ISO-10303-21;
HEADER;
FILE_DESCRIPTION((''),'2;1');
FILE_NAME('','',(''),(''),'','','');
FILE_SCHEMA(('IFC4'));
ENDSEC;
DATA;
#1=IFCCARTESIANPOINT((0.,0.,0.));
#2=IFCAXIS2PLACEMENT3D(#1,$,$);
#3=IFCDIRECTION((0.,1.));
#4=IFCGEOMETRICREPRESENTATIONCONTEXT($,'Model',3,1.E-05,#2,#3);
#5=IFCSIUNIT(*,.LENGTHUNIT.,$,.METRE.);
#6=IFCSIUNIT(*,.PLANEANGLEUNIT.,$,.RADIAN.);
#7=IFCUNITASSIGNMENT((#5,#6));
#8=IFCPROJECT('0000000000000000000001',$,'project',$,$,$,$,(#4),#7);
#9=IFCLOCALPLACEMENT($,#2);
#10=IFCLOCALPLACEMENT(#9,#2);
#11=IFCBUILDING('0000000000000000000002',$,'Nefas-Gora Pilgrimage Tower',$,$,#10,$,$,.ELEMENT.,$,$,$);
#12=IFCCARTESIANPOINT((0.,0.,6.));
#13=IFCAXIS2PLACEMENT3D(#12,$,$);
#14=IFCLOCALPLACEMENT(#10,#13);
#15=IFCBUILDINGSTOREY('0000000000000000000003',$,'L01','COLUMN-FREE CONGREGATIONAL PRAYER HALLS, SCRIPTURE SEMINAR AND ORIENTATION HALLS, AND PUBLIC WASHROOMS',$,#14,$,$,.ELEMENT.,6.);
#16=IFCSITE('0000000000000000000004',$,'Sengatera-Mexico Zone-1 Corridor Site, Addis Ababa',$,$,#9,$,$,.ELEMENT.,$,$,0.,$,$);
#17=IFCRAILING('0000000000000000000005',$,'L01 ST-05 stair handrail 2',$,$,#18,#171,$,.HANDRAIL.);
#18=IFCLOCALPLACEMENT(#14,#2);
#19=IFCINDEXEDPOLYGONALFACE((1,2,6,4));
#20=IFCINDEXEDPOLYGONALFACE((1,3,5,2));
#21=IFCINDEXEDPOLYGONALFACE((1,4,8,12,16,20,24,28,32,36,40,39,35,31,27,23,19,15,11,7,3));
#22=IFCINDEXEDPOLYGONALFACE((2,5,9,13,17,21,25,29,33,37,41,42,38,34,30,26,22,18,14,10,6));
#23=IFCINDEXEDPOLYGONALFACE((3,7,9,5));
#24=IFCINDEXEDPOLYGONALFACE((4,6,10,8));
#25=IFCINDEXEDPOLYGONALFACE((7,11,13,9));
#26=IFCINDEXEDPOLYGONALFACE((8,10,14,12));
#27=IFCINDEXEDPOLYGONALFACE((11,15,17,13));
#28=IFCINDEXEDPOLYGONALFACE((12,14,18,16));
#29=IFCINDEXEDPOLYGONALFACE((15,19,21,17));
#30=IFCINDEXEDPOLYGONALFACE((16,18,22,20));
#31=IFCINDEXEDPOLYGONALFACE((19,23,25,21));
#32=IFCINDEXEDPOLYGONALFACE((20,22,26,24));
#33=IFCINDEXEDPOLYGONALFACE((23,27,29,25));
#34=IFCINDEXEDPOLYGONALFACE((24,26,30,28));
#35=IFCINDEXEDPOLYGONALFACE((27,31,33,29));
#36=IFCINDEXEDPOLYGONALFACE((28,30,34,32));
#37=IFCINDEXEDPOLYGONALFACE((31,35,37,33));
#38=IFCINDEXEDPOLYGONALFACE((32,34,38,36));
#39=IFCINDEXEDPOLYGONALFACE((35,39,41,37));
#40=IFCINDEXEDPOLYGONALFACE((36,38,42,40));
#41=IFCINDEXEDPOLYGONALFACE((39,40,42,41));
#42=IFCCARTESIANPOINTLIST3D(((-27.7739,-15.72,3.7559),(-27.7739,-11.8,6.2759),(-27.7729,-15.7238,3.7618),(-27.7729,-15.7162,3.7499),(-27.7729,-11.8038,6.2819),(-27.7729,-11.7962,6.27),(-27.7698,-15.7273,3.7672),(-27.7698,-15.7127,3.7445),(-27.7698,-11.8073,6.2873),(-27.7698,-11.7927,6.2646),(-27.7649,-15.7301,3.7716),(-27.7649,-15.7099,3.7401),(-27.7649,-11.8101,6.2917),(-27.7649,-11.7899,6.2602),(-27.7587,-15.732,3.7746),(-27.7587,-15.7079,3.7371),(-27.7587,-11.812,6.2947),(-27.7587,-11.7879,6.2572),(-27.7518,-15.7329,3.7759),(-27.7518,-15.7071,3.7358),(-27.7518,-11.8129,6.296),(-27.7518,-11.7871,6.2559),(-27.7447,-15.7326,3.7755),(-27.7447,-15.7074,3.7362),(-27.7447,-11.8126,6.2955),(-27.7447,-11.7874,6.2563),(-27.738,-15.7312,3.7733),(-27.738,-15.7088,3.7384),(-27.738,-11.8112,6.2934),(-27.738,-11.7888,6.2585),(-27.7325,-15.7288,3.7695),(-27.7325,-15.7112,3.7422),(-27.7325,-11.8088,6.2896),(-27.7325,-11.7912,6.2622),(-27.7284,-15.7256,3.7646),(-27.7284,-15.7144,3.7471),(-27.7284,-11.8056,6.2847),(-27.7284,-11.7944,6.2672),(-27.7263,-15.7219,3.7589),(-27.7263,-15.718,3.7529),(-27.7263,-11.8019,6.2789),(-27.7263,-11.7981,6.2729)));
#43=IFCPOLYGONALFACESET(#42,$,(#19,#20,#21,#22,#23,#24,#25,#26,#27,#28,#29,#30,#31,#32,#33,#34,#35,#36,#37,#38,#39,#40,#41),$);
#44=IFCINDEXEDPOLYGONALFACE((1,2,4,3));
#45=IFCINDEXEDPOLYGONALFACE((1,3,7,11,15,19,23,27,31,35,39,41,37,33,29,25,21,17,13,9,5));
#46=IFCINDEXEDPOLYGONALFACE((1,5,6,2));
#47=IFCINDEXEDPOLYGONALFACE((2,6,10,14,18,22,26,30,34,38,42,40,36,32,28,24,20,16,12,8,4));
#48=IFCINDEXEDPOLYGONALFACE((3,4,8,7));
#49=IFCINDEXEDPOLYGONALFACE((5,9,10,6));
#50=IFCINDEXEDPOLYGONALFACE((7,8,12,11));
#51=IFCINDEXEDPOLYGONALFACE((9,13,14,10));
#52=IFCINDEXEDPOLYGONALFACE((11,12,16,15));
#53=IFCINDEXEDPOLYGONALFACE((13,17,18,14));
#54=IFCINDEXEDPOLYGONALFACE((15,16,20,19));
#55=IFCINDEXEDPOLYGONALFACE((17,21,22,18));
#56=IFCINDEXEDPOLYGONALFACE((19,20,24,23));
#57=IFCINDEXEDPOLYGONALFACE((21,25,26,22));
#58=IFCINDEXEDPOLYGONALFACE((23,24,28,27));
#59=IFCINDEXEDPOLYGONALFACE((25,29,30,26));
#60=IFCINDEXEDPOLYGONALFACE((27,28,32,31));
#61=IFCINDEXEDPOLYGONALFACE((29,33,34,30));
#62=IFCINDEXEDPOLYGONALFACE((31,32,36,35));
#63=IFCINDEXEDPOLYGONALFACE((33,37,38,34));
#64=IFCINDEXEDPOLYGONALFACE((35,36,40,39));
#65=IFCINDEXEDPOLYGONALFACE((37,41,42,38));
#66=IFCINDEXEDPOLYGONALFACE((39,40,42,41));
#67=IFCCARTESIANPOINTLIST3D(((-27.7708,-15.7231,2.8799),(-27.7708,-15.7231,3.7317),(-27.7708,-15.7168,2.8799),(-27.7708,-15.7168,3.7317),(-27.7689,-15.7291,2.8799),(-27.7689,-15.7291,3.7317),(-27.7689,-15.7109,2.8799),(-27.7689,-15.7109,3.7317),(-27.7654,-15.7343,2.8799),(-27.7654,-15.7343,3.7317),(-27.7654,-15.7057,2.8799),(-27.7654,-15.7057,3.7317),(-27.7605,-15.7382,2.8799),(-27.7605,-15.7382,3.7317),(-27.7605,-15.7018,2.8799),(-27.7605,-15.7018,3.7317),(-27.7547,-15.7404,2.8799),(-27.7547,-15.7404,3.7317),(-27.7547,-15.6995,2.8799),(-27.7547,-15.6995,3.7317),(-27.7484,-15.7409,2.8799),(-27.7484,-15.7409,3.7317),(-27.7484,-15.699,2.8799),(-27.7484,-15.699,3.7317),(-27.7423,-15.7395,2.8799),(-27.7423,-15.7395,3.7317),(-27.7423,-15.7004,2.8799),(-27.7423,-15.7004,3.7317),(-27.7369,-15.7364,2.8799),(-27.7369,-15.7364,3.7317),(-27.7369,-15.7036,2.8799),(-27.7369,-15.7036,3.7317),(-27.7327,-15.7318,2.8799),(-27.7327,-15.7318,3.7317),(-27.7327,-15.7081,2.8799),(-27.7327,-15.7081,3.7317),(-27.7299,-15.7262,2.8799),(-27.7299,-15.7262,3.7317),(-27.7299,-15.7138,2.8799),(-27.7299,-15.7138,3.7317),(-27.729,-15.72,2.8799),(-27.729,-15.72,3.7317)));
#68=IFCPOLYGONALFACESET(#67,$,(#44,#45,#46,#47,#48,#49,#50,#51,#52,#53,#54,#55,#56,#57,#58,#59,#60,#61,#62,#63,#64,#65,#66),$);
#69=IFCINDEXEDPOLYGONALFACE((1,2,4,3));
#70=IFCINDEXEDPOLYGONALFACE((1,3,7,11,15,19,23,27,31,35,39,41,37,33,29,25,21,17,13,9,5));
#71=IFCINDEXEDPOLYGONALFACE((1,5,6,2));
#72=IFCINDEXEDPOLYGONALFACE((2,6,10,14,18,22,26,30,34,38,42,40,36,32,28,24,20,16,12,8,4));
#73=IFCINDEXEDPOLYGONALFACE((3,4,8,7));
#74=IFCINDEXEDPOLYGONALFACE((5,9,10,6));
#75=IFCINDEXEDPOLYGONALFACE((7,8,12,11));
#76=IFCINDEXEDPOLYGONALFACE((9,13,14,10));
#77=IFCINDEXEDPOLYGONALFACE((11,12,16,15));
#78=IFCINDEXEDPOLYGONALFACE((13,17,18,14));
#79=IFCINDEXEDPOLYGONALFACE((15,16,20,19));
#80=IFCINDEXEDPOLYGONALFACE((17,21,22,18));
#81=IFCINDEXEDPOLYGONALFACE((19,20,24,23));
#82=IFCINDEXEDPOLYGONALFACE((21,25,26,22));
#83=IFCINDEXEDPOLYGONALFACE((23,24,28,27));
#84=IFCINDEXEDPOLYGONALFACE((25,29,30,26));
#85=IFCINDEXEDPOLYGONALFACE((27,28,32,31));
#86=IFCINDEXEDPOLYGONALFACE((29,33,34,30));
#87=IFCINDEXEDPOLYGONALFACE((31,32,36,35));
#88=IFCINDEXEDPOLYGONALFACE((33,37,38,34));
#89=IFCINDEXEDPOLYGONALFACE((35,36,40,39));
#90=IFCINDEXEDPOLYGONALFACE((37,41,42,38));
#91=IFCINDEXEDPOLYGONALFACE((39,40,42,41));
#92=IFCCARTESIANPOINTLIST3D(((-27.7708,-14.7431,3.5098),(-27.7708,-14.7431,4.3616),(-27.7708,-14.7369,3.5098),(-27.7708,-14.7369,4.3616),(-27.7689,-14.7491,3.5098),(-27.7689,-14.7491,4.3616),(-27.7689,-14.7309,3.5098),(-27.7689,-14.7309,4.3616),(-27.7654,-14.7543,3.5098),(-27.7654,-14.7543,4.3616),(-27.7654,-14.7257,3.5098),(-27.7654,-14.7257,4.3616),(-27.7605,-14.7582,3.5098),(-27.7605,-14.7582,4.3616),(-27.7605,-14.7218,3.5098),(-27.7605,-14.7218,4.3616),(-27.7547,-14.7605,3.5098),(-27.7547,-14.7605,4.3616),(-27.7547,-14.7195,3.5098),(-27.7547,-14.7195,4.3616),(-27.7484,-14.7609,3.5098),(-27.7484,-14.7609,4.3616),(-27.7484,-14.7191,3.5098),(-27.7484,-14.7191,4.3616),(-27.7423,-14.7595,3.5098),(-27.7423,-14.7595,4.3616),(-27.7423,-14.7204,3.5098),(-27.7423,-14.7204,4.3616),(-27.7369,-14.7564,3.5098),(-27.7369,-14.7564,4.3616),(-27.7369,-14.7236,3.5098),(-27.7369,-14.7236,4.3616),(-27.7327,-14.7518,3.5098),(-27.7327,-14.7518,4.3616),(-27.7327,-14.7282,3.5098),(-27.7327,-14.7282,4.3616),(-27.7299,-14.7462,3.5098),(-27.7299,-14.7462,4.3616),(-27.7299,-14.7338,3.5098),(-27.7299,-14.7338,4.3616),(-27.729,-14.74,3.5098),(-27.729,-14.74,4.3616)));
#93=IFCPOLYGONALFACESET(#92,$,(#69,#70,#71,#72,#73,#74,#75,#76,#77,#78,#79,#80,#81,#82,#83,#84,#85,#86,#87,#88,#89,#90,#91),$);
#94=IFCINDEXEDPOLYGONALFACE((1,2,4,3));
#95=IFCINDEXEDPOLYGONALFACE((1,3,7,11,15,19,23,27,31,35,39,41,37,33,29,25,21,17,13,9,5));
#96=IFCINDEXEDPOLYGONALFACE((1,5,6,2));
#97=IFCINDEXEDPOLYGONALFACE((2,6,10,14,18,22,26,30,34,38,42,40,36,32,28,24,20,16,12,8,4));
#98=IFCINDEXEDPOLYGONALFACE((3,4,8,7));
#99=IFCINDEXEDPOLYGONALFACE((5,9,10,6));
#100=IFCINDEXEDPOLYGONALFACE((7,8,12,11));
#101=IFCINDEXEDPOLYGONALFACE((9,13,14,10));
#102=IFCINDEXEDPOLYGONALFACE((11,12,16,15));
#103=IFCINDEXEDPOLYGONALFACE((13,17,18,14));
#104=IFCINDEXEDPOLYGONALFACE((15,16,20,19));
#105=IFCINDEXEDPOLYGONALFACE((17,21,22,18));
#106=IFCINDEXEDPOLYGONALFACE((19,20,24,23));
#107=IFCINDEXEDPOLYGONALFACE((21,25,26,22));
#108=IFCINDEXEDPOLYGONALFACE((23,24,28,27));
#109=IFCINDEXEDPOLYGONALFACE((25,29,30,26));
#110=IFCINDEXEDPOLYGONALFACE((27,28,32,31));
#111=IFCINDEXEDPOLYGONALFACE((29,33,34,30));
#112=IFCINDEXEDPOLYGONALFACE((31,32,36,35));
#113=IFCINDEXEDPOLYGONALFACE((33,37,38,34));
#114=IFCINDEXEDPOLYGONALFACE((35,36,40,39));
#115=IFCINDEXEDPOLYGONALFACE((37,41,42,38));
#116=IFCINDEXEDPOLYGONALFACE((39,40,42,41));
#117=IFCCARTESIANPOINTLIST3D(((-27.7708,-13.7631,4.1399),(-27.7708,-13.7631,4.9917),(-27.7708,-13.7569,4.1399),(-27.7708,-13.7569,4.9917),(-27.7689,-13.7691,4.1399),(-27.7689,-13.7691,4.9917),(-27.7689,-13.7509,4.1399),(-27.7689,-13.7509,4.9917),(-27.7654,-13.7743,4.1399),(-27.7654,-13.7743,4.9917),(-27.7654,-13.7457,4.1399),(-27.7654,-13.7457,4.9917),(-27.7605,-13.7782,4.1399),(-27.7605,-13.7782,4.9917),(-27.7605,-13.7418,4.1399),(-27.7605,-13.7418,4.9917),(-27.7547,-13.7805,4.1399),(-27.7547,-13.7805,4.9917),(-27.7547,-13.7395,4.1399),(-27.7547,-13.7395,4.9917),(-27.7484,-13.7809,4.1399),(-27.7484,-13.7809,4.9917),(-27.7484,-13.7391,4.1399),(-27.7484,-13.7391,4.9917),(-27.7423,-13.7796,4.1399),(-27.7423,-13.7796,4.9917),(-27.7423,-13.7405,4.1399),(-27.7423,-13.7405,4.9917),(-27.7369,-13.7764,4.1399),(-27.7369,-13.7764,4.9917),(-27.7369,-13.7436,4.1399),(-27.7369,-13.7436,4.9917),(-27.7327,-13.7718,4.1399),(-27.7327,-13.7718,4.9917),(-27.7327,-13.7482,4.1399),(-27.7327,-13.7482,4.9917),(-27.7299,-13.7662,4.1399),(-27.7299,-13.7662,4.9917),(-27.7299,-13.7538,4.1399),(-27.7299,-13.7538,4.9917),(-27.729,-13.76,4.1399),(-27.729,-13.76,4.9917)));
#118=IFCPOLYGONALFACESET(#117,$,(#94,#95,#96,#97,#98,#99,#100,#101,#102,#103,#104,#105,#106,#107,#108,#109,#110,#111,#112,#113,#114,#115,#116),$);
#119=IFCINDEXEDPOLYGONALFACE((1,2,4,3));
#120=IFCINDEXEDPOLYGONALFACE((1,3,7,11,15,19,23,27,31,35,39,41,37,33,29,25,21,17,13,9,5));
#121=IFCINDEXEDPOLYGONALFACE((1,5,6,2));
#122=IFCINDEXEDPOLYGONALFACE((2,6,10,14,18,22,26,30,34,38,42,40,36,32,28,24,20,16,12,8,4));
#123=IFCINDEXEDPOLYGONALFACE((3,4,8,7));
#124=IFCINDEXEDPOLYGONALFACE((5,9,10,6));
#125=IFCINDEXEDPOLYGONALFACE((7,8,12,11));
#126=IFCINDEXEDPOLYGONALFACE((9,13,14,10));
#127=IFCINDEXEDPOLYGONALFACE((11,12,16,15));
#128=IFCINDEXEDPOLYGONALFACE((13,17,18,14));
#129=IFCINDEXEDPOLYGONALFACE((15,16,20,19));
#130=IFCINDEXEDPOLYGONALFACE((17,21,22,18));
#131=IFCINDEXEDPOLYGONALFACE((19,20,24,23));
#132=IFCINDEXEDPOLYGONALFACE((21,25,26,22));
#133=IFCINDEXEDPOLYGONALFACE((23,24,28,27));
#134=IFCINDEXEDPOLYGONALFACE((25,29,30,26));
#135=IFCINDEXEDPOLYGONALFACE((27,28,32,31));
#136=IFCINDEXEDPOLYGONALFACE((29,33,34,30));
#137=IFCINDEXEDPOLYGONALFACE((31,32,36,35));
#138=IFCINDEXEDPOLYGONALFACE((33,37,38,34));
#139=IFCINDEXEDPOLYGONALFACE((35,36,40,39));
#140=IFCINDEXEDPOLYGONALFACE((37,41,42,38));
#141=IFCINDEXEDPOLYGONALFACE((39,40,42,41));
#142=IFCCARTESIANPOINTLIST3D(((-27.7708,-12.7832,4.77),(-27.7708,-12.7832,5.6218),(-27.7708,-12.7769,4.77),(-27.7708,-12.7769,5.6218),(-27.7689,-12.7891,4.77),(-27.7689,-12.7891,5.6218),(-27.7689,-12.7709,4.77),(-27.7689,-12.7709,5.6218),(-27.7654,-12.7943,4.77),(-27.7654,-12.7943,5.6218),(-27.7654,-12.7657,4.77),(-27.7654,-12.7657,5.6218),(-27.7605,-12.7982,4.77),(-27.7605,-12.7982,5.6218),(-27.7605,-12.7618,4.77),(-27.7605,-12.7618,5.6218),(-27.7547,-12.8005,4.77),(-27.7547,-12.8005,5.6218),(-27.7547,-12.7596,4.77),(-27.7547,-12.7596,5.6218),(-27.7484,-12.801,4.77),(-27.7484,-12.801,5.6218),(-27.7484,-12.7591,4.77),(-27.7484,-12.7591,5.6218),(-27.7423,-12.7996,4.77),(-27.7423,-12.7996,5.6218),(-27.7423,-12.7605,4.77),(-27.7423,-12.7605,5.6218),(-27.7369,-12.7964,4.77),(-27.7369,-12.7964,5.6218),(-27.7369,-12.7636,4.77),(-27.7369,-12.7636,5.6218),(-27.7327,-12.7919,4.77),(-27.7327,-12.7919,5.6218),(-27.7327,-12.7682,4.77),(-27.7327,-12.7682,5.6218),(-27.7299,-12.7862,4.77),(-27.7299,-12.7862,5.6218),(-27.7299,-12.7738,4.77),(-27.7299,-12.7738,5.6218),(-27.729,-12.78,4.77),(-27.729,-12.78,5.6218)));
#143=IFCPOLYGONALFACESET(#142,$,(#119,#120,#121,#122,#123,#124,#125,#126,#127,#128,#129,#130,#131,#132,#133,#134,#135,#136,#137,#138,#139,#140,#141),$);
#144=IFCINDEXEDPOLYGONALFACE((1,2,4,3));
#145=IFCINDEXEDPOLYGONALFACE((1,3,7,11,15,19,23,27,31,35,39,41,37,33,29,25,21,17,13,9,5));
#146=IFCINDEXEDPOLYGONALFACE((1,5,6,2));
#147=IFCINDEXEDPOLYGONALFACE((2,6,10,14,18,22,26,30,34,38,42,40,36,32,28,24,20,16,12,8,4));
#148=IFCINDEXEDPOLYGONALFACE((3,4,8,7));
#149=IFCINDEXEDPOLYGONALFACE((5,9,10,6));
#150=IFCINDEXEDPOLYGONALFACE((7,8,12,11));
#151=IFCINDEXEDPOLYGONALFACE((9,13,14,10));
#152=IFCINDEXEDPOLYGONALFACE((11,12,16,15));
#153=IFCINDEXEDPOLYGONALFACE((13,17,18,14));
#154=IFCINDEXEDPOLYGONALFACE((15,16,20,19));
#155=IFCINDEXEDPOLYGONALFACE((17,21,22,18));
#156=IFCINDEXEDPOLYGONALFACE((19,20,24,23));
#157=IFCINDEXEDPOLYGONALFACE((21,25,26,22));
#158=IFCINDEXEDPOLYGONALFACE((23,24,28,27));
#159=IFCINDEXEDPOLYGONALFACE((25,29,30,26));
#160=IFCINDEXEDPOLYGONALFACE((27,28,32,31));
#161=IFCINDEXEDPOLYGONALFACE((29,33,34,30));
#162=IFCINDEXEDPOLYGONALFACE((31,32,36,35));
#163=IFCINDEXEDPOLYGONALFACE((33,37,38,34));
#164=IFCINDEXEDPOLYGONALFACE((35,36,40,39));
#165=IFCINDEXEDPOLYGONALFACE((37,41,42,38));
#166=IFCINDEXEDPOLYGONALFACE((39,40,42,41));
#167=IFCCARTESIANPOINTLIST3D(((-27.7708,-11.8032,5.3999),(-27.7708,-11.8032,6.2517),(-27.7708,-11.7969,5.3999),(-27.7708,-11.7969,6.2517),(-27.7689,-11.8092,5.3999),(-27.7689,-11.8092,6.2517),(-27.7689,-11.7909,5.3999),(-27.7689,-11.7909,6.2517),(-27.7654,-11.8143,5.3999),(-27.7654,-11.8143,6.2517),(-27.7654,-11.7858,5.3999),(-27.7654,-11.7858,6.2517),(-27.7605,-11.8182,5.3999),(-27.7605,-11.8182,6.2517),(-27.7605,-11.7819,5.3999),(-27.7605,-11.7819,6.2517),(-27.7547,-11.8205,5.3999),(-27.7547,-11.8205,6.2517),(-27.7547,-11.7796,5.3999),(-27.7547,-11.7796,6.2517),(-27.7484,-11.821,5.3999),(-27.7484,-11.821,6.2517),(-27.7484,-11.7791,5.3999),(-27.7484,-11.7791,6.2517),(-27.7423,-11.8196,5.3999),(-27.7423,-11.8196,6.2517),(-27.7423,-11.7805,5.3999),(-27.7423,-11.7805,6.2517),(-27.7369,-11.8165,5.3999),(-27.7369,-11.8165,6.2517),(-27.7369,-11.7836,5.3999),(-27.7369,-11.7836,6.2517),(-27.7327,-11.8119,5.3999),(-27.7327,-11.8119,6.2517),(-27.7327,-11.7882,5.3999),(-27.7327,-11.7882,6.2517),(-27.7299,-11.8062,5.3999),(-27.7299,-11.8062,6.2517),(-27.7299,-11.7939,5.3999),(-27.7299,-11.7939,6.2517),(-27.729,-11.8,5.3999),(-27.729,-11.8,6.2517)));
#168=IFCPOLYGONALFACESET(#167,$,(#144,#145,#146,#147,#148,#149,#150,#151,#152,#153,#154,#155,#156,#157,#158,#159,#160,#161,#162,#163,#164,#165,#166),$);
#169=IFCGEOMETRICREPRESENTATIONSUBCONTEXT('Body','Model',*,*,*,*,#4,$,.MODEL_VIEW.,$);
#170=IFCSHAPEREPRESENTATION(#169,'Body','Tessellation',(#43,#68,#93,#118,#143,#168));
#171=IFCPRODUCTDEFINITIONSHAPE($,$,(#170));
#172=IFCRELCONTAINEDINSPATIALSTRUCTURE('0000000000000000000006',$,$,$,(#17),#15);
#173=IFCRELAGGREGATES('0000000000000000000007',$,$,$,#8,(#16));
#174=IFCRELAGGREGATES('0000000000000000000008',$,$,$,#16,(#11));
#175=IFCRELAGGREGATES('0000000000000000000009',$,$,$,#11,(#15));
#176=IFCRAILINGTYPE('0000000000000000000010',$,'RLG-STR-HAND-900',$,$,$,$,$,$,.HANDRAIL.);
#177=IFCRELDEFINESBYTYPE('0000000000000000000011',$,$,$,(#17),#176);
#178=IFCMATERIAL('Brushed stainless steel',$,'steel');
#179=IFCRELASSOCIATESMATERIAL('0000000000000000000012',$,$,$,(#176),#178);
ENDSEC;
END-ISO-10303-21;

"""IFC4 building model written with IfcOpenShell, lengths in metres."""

from ifc_helpers import new_model, si_unit, direction, frame, origin, origin_2d, place, context, subcontext, project, spatial, circle, extrude, material, type_object, element, save


model = new_model("IFC4")

# Units and contexts
model_context = context("Model", 3, precision=1e-05, world=origin(), true_north=direction((0.0, 1.0)))
body_context = subcontext(model_context, "Body", "Model", "MODEL_VIEW")
ifc_project = project(units=[si_unit("LENGTHUNIT", "METRE"), si_unit("PLANEANGLEUNIT", "RADIAN")], contexts=[model_context])

# Site, building, storey
site_placement = place(None, origin())
site = spatial("IfcSite", under=ifc_project, at=site_placement, Name="Sengatera-Mexico Zone-1 Corridor Site, Addis Ababa", CompositionType="ELEMENT", RefElevation=0.0)
building_placement = place(site_placement, origin())
building = spatial("IfcBuilding", under=site, at=building_placement, Name="Nefas-Gora Pilgrimage Tower", CompositionType="ELEMENT")
storey_placement = place(building_placement, frame((0.0, 0.0, 6.0)))
storey = spatial("IfcBuildingStorey", under=building, at=storey_placement, Name="L01", Description="COLUMN-FREE CONGREGATIONAL PRAYER HALLS, SCRIPTURE SEMINAR AND ORIENTATION HALLS, AND PUBLIC WASHROOMS", CompositionType="ELEMENT", Elevation=6.0)

# Railing
ifc_material_1 = material(Name="Brushed stainless steel", Category="steel")
railing_type_1 = type_object("IfcRailingType", Name="RLG-STR-HAND-900", PredefinedType="HANDRAIL", material=ifc_material_1)
railing_1_placement = place(storey_placement, frame((-27.75, -15.72, 2.8799)))
element("IfcRailing", 1, at=railing_1_placement, inside=storey, type_object=railing_type_1, Name="L01 ST-05 stair handrail 2", PredefinedType="HANDRAIL", context=body_context, shape_type="SweptSolid", body=[
    extrude(circle(Radius=0.0239, at=origin_2d()), frame((0.0, 0.0, 0.876), z_axis=(0.0, 0.841172, 0.540768), x_axis=(-1.0, 0.0, 0.0)), (0.0, 0.0, 1.0), 4.6602),
    extrude(circle(Radius=0.021, at=origin_2d()), origin(), (0.0, 0.0, 1.0), 0.8518),
    extrude(circle(Radius=0.021, at=origin_2d()), frame((0.0, 0.98, 0.6299)), (0.0, 0.0, 1.0), 0.8518),
    extrude(circle(Radius=0.021, at=origin_2d()), frame((0.0, 1.96, 1.26)), (0.0, 0.0, 1.0), 0.8518),
    extrude(circle(Radius=0.021, at=origin_2d()), frame((0.0, 2.9399, 1.8901)), (0.0, 0.0, 1.0), 0.8518),
    extrude(circle(Radius=0.021, at=origin_2d()), frame((0.0, 3.9199, 2.52)), (0.0, 0.0, 1.0), 0.8518),
])

save(model, "model.ifc")
